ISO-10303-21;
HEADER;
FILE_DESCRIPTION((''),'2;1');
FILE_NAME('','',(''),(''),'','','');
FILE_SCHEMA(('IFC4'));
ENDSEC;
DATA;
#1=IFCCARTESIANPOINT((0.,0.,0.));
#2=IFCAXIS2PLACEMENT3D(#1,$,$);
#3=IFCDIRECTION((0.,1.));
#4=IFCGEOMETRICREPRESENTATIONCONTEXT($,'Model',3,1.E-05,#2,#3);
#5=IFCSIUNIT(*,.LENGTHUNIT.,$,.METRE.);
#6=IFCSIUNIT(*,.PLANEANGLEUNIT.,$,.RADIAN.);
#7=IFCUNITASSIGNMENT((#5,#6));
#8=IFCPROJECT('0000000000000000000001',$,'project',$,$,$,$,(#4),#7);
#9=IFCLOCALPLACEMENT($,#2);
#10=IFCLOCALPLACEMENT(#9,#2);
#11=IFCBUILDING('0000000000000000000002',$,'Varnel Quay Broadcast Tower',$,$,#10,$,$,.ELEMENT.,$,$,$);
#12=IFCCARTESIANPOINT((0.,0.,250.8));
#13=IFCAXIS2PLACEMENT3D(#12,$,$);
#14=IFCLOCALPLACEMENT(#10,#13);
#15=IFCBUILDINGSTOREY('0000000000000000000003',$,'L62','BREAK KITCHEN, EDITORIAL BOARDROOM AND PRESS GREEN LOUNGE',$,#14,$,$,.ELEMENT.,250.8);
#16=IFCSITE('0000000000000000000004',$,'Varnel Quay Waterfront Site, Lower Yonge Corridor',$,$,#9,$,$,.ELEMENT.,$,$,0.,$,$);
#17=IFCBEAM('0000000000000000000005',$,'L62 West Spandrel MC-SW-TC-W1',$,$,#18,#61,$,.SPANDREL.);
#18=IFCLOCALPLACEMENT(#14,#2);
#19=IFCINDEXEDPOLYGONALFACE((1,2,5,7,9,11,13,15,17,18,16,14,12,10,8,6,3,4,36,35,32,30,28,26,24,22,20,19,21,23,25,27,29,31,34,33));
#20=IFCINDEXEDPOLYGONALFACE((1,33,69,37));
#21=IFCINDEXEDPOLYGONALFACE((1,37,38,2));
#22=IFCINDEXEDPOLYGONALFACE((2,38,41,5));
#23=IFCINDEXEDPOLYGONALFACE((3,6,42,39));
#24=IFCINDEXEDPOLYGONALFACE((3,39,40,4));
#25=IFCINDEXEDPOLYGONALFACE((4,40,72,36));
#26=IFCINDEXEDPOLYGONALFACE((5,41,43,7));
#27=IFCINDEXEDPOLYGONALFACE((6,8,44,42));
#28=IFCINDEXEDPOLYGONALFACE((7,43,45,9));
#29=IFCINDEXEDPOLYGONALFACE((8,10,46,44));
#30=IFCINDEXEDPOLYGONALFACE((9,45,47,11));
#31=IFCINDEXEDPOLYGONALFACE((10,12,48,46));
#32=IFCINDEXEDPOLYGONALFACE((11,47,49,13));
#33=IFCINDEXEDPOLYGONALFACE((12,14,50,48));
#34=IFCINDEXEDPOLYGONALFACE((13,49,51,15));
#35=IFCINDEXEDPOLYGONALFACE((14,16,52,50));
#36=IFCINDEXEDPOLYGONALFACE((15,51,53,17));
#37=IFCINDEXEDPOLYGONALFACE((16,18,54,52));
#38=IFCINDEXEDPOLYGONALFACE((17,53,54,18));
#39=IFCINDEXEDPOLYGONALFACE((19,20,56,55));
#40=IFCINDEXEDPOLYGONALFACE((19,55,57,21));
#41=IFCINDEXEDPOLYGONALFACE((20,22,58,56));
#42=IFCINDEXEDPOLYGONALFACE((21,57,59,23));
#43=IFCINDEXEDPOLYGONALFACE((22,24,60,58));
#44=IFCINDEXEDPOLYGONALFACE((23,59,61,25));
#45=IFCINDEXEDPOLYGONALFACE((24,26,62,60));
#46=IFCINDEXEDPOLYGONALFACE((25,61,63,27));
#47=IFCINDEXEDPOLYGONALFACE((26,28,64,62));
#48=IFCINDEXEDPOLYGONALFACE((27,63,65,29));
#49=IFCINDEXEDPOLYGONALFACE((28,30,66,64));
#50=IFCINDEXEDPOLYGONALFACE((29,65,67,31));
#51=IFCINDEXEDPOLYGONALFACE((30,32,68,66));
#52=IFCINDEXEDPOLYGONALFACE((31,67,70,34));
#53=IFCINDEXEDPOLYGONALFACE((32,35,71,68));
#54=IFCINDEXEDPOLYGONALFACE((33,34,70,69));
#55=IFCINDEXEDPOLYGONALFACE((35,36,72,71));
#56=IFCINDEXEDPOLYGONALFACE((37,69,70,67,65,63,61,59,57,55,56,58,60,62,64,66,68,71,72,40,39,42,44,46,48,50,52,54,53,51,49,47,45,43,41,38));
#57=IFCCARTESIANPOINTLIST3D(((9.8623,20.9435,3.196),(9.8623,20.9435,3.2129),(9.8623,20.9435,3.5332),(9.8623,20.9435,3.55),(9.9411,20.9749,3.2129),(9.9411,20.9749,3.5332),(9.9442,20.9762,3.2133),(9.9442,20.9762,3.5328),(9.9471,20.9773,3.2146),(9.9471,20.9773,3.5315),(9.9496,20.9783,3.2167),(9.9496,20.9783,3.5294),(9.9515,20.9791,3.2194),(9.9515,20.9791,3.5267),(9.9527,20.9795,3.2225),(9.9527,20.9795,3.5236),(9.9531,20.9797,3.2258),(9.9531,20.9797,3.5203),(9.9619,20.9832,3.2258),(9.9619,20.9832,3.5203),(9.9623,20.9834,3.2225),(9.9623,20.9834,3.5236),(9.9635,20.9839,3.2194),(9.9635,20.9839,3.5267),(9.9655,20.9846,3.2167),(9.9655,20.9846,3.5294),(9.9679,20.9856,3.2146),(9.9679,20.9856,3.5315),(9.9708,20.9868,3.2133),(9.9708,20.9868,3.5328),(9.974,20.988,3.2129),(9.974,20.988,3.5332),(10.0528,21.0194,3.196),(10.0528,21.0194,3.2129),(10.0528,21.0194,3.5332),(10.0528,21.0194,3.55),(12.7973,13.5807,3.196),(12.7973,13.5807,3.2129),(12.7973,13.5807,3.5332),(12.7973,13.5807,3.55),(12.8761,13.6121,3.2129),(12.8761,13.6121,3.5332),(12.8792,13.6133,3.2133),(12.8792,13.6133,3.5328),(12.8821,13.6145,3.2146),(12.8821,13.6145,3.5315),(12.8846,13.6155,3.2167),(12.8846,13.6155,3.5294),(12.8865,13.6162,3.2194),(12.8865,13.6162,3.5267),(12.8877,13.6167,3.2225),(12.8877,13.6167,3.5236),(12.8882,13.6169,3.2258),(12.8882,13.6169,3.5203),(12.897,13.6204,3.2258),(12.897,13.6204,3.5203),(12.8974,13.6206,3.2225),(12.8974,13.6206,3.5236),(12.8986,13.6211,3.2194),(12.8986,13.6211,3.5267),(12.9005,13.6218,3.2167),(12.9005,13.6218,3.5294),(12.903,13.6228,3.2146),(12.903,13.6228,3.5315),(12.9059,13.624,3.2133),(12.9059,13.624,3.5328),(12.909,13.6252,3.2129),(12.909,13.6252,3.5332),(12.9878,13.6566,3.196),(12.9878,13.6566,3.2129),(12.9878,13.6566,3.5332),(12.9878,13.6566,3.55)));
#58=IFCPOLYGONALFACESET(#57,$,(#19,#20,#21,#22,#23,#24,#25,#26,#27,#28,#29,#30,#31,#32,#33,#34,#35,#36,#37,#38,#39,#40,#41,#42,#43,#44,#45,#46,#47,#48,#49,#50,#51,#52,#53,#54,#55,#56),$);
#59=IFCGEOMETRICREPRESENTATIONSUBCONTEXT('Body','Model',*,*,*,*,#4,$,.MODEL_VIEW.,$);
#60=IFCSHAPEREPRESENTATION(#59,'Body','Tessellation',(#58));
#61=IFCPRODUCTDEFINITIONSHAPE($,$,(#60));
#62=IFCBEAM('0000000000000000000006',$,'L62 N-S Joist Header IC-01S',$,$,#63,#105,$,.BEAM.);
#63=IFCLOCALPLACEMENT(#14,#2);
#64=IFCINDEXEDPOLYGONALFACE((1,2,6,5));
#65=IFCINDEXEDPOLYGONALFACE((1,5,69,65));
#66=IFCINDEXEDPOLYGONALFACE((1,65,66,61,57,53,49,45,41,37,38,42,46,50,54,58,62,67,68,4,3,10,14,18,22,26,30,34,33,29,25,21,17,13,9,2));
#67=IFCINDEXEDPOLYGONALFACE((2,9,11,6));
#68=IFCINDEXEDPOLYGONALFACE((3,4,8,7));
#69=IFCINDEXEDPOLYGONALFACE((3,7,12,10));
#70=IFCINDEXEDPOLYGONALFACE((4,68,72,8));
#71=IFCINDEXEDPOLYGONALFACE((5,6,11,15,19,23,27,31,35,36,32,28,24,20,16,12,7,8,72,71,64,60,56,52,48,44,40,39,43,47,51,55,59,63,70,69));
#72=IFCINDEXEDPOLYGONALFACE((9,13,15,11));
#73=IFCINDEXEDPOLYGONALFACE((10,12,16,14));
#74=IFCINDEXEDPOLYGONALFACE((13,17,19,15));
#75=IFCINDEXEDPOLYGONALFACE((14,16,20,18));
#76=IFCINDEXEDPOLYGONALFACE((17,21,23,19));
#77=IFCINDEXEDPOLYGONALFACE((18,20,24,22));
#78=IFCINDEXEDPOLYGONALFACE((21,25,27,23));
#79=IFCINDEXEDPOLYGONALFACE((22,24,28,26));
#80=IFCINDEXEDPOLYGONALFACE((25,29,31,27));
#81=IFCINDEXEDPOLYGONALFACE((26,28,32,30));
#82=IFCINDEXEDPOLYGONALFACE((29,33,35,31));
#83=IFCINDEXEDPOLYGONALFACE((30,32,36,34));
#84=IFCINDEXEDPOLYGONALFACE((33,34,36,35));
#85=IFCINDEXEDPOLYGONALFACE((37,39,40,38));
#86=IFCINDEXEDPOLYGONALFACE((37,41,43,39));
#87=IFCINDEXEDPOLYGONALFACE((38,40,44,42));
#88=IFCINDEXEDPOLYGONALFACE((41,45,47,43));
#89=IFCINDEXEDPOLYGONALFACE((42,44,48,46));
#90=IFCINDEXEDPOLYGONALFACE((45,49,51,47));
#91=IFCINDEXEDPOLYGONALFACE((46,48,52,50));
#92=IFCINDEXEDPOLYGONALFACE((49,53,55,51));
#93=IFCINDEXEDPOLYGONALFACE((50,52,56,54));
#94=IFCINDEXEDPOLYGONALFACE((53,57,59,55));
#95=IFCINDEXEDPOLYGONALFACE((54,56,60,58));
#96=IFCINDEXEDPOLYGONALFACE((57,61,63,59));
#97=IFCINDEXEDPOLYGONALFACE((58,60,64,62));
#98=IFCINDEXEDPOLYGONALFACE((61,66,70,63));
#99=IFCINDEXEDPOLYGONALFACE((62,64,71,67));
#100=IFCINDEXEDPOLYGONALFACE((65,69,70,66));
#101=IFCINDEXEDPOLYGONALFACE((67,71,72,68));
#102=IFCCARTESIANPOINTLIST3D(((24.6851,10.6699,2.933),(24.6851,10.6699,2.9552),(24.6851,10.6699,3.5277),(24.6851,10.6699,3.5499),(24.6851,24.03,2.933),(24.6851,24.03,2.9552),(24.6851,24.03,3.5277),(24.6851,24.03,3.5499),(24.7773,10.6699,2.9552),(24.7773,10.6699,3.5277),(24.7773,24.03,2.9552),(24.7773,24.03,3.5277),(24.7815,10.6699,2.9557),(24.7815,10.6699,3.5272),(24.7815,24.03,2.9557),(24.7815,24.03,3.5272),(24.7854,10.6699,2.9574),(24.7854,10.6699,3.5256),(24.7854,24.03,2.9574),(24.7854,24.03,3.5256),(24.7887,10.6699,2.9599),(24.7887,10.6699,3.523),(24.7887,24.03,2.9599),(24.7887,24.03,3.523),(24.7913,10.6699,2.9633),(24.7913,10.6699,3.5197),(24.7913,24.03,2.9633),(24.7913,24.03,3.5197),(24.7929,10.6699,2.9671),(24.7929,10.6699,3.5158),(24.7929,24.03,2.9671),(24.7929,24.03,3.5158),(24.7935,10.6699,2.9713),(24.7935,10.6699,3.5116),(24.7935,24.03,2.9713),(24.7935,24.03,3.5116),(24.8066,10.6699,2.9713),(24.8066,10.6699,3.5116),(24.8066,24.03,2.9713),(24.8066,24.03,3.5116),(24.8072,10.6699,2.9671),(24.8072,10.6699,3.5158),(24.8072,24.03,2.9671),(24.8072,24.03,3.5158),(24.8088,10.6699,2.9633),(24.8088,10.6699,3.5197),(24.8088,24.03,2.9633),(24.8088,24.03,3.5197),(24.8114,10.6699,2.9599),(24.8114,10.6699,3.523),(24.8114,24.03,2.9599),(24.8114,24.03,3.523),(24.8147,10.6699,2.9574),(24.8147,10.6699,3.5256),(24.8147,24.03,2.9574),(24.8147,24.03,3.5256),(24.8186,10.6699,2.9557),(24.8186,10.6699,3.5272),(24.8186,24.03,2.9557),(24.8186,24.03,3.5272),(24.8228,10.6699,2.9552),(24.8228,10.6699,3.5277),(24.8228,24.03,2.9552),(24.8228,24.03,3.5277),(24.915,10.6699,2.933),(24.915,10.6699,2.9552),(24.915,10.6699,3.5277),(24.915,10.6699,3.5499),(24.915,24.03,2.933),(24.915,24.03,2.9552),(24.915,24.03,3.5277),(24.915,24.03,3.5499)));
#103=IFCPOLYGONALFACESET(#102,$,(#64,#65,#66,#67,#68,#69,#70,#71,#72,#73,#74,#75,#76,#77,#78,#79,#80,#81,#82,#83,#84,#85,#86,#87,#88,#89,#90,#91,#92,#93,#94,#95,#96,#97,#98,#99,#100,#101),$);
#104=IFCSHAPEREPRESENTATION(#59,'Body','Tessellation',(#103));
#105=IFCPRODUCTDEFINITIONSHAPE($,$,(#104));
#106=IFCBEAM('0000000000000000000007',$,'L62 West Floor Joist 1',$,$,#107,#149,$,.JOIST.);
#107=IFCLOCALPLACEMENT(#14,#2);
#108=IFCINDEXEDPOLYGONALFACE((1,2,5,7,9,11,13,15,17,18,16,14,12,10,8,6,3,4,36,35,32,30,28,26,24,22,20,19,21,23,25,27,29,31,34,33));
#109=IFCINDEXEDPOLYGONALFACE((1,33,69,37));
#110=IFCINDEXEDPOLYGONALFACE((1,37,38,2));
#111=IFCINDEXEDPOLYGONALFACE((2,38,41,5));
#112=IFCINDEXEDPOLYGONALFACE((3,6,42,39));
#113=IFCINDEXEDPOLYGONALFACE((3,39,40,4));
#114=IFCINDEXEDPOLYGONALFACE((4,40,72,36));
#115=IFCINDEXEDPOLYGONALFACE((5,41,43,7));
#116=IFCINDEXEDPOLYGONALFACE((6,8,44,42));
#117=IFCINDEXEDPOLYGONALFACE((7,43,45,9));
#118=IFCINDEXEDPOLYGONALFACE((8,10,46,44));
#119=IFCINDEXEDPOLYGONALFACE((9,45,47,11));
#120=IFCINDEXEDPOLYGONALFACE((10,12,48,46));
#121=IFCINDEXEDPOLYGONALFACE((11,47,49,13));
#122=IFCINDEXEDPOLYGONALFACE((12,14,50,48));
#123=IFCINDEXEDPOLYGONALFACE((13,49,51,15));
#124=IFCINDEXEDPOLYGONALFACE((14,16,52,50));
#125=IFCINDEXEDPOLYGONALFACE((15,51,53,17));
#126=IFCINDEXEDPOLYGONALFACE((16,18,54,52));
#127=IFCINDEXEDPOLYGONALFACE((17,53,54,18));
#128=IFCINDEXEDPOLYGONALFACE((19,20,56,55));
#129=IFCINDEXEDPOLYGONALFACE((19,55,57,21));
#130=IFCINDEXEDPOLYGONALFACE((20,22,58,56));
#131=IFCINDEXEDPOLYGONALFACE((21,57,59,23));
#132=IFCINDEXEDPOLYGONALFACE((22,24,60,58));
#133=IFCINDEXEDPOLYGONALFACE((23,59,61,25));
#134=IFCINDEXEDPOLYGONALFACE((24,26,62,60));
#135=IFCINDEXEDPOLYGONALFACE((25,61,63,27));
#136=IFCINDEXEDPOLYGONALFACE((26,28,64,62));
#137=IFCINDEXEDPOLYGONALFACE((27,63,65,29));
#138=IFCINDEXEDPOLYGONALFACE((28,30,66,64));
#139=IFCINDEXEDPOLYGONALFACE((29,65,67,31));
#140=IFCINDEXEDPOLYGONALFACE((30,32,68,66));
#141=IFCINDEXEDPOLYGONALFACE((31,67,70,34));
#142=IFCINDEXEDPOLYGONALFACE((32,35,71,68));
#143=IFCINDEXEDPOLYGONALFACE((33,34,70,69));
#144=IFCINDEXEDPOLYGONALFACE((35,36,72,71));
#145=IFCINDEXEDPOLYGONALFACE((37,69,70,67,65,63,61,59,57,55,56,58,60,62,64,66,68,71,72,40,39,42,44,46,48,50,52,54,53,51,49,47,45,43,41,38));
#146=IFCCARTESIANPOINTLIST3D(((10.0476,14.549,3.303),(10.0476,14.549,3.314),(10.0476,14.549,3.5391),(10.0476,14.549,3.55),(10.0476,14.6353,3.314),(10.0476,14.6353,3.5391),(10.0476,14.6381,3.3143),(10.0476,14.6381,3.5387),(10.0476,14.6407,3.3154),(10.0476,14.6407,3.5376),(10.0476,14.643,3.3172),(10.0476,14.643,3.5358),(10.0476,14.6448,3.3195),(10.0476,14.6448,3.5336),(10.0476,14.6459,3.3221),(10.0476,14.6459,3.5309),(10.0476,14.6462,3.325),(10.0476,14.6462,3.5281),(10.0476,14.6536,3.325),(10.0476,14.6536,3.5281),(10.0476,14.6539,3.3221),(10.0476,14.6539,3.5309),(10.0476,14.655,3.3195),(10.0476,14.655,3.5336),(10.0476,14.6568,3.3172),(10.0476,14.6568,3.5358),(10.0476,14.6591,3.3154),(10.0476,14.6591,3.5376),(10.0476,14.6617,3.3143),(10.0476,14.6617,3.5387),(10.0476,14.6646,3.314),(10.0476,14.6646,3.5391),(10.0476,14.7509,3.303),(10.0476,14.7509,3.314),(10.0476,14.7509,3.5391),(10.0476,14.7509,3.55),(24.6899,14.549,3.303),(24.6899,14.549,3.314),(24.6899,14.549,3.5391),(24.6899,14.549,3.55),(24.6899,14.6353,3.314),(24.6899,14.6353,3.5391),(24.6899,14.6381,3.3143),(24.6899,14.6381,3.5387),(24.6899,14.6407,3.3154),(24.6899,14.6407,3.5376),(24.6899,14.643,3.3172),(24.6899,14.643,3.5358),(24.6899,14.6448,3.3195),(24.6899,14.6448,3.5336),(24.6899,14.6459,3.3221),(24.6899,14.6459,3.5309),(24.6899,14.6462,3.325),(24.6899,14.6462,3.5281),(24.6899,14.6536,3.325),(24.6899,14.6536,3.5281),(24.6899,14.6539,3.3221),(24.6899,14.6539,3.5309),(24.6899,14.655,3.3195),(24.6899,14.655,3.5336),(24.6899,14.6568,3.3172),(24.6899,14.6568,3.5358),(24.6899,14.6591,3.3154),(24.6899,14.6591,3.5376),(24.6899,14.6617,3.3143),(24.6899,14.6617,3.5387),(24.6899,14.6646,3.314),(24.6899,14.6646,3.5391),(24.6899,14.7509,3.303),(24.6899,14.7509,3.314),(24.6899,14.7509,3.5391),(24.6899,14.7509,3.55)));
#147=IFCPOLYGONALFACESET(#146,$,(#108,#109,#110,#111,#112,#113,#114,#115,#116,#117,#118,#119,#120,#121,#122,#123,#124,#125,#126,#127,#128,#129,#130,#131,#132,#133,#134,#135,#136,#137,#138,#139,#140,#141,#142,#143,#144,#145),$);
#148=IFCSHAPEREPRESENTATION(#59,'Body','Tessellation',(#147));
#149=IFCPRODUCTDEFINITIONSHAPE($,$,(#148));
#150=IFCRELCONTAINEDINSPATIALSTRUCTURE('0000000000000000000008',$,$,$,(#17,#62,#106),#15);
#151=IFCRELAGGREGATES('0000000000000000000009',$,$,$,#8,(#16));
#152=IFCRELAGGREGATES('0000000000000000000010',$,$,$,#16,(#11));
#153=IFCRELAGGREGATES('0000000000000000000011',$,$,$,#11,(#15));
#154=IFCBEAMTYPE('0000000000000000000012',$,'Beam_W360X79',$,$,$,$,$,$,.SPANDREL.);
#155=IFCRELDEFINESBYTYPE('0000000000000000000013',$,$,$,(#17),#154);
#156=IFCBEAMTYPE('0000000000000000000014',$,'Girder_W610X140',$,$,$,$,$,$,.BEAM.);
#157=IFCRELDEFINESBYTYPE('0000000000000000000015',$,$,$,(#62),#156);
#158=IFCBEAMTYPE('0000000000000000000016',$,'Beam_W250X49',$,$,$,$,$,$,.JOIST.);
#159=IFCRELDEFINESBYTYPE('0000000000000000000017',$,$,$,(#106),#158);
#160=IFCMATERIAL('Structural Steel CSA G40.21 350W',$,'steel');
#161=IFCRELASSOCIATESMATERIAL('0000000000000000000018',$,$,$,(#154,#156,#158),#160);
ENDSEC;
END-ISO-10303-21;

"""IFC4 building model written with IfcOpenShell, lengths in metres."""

from ifc_helpers import new_model, si_unit, direction, frame, origin, origin_2d, place, context, subcontext, project, spatial, i_section, extrude, source, transform, mapped, material, material_profile, profile_set, type_object, type_shapes, element, save


model = new_model("IFC4")

# Units and contexts
model_context = context("Model", 3, precision=1e-05, world=origin(), true_north=direction((0.0, 1.0)))
body_context = subcontext(model_context, "Body", "Model", "MODEL_VIEW")
ifc_project = project(units=[si_unit("LENGTHUNIT", "METRE"), si_unit("PLANEANGLEUNIT", "RADIAN")], contexts=[model_context])

# Site, building, storey
site_placement = place(None, origin())
site = spatial("IfcSite", under=ifc_project, at=site_placement, Name="Varnel Quay Waterfront Site, Lower Yonge Corridor", CompositionType="ELEMENT", RefElevation=0.0)
building_placement = place(site_placement, origin())
building = spatial("IfcBuilding", under=site, at=building_placement, Name="Varnel Quay Broadcast Tower", CompositionType="ELEMENT")
storey_placement = place(building_placement, frame((0.0, 0.0, 250.8)))
storey = spatial("IfcBuildingStorey", under=building, at=storey_placement, Name="L62", Description="BREAK KITCHEN, EDITORIAL BOARDROOM AND PRESS GREEN LOUNGE", CompositionType="ELEMENT", Elevation=250.8)

# Shared definitions
ifc_material_1 = material(Name="Structural Steel CSA G40.21 350W", Category="steel")

# Beams
ifc_material_profile_1 = material_profile(ifc_material_1, i_section(OverallWidth=0.2051, OverallDepth=0.354, WebThickness=0.0095, FlangeThickness=0.0168, FilletRadius=0.0129, at=origin_2d()), Name="W360X79")
ifc_profile_set_1 = profile_set([ifc_material_profile_1], Name="Structural Steel CSA G40.21 350W")
beam_type_1 = type_object("IfcBeamType", Name="Beam_W360X79", PredefinedType="SPANDREL", material=ifc_profile_set_1)
shared_shape_1 = source(origin(), body_context, "Body", "SweptSolid", [
    extrude(i_section(OverallWidth=0.2051, OverallDepth=0.354, WebThickness=0.0095, FlangeThickness=0.0168, FilletRadius=0.0129, at=origin_2d()), origin(), (0.0, 0.0, 1.0), 7.9263),
])
beam_1_placement = place(storey_placement, frame((12.8926, 13.6187, 3.373), z_axis=(-0.370296, 0.928914, 0.0), x_axis=(-0.928914, -0.370296, 0.0)))
element("IfcBeam", 1, at=beam_1_placement, inside=storey, type_object=beam_type_1, Name="L62 West Spandrel MC-SW-TC-W1", PredefinedType="SPANDREL", context=body_context, shape_type="MappedRepresentation", body=[
    mapped(shared_shape_1, transform((0.0, 0.0, 0.0), x_axis=(1.0, 0.0, 0.0), y_axis=(0.0, 1.0, 0.0), z_axis=(0.0, 0.0, 1.0), scale=1.0)),
])
ifc_material_profile_2 = material_profile(ifc_material_1, i_section(OverallWidth=0.23, OverallDepth=0.6169, WebThickness=0.0132, FlangeThickness=0.0222, FilletRadius=0.0161, at=origin_2d()), Name="W610X140")
ifc_profile_set_2 = profile_set([ifc_material_profile_2], Name="Structural Steel CSA G40.21 350W")
beam_type_2 = type_object("IfcBeamType", Name="Girder_W610X140", PredefinedType="BEAM", material=ifc_profile_set_2)
shared_shape_2 = source(origin(), body_context, "Body", "SweptSolid", [
    extrude(i_section(OverallWidth=0.23, OverallDepth=0.6169, WebThickness=0.0132, FlangeThickness=0.0222, FilletRadius=0.0161, at=origin_2d()), origin(), (0.0, 0.0, 1.0), 13.3601),
])
type_shapes(beam_type_2, [shared_shape_2])
beam_2_placement = place(storey_placement, frame((24.8, 10.6699, 3.2415), z_axis=(0.0, 1.0, 0.0), x_axis=(-1.0, 0.0, 0.0)))
element("IfcBeam", 2, at=beam_2_placement, inside=storey, type_object=beam_type_2, Name="L62 N-S Joist Header IC-01S", PredefinedType="BEAM", context=body_context, shape_type="MappedRepresentation", body=[
    mapped(shared_shape_2, transform((0.0, 0.0, 0.0), x_axis=(1.0, 0.0, 0.0), y_axis=(0.0, 1.0, 0.0), z_axis=(0.0, 0.0, 1.0), scale=1.0)),
])
ifc_material_profile_3 = material_profile(ifc_material_1, i_section(OverallWidth=0.2019, OverallDepth=0.2471, WebThickness=0.0073, FlangeThickness=0.011, FilletRadius=0.011, at=origin_2d()), Name="W250X49")
ifc_profile_set_3 = profile_set([ifc_material_profile_3], Name="Structural Steel CSA G40.21 350W")
beam_type_3 = type_object("IfcBeamType", Name="Beam_W250X49", PredefinedType="JOIST", material=ifc_profile_set_3)
shared_shape_3 = source(origin(), body_context, "Body", "SweptSolid", [
    extrude(i_section(OverallWidth=0.2019, OverallDepth=0.2471, WebThickness=0.0073, FlangeThickness=0.011, FilletRadius=0.011, at=origin_2d()), origin(), (0.0, 0.0, 1.0), 14.6423),
])
beam_3_placement = place(storey_placement, frame((10.0476, 14.6499, 3.4265), z_axis=(1.0, 0.0, 0.0), x_axis=(0.0, 1.0, 0.0)))
element("IfcBeam", 3, at=beam_3_placement, inside=storey, type_object=beam_type_3, Name="L62 West Floor Joist 1", PredefinedType="JOIST", context=body_context, shape_type="MappedRepresentation", body=[
    mapped(shared_shape_3, transform((0.0, 0.0, 0.0), x_axis=(1.0, 0.0, 0.0), y_axis=(0.0, 1.0, 0.0), z_axis=(0.0, 0.0, 1.0), scale=1.0)),
])

save(model, "model.ifc")
